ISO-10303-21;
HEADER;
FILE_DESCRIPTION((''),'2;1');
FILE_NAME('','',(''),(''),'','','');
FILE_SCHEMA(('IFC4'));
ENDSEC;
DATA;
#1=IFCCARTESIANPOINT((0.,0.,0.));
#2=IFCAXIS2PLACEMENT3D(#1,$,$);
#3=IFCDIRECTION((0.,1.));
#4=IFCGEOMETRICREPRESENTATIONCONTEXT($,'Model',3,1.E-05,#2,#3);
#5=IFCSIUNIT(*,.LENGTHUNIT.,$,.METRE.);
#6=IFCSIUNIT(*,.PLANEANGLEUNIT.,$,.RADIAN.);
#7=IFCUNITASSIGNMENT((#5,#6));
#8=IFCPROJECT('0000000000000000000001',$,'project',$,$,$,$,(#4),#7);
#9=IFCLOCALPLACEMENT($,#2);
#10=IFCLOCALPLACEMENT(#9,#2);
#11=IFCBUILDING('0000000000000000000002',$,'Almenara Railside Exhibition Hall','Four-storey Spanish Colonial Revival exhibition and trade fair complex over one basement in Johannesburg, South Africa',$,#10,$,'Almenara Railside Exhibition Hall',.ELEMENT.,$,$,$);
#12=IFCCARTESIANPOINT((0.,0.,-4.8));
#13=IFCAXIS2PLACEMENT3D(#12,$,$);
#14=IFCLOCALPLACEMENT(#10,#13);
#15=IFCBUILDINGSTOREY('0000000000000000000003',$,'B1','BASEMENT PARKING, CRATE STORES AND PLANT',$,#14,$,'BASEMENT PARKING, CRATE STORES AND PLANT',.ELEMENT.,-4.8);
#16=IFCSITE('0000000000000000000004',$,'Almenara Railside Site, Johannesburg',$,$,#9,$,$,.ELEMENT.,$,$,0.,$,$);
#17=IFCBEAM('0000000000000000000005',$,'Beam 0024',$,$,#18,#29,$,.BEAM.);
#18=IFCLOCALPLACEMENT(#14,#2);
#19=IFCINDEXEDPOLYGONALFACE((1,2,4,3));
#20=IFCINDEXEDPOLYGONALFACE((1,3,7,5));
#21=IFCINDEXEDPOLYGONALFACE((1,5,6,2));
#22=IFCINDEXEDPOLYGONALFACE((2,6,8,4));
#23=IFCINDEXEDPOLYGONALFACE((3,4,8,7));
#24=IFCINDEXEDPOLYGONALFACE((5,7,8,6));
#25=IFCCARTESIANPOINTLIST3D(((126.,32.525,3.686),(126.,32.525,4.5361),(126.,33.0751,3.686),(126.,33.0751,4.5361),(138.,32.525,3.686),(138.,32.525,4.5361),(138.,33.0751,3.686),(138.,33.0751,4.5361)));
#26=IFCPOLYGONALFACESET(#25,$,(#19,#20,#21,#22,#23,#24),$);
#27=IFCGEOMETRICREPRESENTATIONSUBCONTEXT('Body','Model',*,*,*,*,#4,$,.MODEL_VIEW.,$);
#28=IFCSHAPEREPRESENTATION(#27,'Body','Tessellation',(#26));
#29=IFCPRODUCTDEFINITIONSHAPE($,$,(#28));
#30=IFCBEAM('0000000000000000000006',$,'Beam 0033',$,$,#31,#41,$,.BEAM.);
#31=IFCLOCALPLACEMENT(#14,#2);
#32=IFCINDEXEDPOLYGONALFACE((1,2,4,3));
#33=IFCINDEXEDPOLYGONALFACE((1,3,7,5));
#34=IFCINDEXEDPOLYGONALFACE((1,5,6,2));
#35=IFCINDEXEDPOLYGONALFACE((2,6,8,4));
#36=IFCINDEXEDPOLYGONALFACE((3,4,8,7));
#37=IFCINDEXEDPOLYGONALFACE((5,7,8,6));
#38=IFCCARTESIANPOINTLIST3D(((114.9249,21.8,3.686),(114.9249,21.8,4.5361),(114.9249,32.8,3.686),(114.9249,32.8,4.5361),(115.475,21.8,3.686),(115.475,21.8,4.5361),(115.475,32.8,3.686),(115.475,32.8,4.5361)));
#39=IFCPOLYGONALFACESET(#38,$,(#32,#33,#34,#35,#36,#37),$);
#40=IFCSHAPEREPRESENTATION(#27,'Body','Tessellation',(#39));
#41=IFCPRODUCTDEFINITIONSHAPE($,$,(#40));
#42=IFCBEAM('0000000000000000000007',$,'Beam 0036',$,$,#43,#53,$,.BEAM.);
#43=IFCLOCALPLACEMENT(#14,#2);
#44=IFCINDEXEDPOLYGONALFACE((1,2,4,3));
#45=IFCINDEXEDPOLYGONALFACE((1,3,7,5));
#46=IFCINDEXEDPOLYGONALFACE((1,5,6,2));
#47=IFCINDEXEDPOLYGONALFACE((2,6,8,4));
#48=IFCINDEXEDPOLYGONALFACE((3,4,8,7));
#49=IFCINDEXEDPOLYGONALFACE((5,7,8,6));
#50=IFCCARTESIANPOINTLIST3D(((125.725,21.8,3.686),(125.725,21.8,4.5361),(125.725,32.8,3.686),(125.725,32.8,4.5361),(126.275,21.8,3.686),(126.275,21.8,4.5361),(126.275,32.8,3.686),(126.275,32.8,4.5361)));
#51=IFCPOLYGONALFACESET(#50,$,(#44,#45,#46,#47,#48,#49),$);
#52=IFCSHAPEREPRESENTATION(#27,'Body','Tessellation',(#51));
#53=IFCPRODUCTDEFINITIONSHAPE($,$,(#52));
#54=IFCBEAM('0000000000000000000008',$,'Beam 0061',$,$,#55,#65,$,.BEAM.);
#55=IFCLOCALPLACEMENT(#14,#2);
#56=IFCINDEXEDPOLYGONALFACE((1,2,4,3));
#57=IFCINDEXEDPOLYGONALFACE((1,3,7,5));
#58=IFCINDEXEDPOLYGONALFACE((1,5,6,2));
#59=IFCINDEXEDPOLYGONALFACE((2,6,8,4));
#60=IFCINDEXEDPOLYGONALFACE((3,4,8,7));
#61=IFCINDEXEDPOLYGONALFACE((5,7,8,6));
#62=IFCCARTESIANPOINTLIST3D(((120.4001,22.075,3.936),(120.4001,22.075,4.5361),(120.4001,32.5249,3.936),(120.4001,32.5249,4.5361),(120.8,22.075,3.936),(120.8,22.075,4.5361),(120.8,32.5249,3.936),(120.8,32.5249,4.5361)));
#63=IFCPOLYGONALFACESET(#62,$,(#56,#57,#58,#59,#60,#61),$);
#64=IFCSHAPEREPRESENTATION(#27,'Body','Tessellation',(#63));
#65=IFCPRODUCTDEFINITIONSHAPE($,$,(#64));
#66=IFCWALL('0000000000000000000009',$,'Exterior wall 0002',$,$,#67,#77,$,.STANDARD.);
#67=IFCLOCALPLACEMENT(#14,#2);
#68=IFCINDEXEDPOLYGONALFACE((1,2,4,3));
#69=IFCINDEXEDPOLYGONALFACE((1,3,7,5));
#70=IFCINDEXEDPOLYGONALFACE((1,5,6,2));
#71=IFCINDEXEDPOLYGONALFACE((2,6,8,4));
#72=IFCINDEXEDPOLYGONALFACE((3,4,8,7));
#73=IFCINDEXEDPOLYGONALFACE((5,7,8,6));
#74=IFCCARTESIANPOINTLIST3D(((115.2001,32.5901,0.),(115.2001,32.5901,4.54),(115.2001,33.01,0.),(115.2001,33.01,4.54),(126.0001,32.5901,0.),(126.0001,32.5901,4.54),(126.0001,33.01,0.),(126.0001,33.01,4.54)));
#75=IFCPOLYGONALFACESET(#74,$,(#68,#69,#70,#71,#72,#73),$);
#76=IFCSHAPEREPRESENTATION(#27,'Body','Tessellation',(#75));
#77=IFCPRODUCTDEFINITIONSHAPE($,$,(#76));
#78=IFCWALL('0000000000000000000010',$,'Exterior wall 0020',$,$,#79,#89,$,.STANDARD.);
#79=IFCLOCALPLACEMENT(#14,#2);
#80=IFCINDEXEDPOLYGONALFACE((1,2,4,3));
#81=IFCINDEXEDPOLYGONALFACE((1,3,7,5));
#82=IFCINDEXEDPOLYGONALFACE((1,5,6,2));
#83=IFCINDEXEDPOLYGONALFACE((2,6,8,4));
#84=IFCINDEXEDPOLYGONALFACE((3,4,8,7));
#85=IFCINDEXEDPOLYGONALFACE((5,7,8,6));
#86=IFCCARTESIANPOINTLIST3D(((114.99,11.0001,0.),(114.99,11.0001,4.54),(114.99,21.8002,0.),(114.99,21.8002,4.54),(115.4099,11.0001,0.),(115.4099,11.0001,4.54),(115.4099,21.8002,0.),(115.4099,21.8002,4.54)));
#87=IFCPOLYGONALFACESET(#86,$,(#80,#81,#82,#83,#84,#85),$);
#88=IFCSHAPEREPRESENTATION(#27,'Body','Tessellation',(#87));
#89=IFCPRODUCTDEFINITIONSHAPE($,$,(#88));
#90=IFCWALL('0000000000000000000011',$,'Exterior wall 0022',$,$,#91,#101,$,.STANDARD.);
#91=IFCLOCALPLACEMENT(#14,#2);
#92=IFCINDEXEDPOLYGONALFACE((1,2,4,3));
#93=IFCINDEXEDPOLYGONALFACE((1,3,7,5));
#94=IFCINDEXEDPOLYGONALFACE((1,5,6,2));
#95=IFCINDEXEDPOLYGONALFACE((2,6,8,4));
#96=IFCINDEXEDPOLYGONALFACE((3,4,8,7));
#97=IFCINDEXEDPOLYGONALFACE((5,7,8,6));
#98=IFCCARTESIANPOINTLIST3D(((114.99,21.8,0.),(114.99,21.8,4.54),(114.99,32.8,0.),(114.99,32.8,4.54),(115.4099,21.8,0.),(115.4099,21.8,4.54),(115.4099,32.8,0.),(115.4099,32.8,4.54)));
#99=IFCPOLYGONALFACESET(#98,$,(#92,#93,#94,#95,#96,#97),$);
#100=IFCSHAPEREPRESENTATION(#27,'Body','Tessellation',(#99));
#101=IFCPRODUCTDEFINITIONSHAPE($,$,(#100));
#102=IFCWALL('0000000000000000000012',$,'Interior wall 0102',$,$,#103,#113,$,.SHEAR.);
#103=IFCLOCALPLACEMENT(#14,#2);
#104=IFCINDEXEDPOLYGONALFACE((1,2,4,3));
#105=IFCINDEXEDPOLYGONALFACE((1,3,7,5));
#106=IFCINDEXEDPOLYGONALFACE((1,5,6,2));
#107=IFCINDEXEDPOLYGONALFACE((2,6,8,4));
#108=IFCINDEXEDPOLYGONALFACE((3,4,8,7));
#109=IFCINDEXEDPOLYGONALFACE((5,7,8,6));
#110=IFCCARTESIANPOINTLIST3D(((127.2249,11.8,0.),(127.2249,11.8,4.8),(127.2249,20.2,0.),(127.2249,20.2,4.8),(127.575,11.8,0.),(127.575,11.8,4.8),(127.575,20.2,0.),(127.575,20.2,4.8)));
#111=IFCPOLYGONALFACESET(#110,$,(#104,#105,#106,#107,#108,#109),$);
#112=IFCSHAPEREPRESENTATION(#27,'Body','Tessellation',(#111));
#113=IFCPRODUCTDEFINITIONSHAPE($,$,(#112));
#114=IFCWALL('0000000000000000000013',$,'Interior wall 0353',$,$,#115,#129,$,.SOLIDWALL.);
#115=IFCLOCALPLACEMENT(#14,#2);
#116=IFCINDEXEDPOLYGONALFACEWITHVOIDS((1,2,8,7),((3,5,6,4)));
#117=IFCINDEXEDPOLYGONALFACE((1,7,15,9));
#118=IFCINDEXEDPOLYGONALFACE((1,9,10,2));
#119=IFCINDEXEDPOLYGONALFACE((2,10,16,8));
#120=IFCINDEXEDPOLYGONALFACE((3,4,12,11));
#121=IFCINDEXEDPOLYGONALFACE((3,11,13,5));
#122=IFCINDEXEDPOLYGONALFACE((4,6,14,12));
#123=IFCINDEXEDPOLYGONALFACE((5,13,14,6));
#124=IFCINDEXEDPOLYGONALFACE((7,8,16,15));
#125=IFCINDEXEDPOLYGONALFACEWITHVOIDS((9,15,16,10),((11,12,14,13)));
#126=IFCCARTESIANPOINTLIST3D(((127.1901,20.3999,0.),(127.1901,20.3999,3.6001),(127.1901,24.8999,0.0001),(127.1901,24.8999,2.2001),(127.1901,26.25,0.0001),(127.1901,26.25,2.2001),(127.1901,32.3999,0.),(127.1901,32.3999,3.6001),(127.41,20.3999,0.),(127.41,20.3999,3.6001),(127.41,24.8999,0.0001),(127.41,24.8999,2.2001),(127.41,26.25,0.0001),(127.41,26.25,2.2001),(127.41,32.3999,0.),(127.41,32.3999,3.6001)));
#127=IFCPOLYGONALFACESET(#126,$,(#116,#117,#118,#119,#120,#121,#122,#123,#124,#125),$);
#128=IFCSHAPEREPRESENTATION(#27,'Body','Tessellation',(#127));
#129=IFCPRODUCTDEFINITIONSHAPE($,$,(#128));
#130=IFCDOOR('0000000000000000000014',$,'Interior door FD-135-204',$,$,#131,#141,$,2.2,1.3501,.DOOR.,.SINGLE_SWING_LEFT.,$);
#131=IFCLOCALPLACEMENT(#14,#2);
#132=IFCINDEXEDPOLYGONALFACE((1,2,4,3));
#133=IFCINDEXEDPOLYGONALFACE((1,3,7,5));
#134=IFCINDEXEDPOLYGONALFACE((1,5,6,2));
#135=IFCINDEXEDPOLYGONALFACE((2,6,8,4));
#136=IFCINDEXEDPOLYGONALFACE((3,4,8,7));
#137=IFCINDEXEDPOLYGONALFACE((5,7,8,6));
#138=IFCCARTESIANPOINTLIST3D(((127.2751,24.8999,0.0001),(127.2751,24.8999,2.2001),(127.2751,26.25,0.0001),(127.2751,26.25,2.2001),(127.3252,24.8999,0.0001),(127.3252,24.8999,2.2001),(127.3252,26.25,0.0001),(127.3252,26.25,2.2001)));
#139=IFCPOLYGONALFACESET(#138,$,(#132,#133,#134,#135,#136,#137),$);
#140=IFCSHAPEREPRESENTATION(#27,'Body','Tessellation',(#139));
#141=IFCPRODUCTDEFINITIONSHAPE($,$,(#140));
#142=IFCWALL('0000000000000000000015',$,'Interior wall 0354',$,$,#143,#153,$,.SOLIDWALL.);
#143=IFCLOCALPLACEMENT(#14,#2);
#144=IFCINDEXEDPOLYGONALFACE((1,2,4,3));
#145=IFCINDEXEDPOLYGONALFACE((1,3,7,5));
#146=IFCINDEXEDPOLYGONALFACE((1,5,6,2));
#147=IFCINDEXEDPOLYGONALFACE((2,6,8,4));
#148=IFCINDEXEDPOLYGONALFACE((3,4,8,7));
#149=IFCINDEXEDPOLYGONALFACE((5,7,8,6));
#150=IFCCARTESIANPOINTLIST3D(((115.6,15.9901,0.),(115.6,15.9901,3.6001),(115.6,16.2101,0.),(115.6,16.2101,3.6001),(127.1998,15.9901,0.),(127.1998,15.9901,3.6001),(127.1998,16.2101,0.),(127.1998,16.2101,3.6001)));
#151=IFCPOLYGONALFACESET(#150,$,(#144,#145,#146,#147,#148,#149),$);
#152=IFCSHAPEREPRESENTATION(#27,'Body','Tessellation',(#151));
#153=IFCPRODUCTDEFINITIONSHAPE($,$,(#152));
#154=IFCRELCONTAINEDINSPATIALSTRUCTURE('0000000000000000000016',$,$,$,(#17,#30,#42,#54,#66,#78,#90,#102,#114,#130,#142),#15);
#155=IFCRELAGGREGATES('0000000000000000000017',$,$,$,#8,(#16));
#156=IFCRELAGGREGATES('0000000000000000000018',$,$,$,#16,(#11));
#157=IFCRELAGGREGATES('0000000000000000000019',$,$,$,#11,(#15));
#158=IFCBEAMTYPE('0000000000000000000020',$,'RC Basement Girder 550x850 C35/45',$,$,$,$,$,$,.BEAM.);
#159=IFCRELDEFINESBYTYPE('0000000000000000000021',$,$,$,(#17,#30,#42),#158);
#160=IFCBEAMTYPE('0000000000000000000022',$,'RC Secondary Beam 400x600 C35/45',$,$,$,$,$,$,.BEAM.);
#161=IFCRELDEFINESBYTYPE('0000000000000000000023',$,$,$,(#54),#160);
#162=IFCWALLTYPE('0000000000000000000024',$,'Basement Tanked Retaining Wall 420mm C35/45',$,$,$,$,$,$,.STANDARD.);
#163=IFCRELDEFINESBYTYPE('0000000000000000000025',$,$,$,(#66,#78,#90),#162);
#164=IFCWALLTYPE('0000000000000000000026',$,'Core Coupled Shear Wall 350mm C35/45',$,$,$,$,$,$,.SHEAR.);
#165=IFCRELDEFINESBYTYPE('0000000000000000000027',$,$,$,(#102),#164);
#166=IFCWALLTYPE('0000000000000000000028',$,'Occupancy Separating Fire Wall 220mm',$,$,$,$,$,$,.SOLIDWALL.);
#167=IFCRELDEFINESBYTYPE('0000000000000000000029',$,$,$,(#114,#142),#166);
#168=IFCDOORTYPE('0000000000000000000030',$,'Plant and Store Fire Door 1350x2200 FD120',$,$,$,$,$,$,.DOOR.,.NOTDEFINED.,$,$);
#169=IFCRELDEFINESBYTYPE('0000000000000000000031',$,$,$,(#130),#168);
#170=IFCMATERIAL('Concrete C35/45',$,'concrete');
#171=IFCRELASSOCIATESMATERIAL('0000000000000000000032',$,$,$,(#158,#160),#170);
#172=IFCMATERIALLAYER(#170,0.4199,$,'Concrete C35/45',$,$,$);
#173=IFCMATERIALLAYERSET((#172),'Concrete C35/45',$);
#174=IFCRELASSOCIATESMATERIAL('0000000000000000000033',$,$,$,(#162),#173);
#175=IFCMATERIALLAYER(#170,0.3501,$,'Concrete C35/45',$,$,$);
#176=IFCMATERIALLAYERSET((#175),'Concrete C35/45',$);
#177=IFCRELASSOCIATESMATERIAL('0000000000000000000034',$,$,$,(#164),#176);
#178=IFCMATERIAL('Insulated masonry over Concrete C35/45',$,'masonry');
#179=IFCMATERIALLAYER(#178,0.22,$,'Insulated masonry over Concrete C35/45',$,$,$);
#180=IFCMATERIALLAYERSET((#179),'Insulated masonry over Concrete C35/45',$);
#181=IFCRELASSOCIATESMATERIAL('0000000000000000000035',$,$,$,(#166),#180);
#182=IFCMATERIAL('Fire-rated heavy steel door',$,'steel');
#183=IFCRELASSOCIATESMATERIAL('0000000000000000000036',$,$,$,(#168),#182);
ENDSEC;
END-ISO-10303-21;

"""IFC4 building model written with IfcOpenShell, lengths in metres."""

from ifc_helpers import new_model, si_unit, direction, frame, frame_2d, origin, origin_2d, place, context, subcontext, project, spatial, rectangle, extrude, material, layer, layer_set, material_profile, profile_set, type_object, element, fill, save


model = new_model("IFC4")

# Units and contexts
model_context = context("Model", 3, precision=1e-05, world=origin(), true_north=direction((0.0, 1.0)))
body_context = subcontext(model_context, "Body", "Model", "MODEL_VIEW")
ifc_project = project(units=[si_unit("LENGTHUNIT", "METRE"), si_unit("PLANEANGLEUNIT", "RADIAN")], contexts=[model_context])

# Site, building, storey
site_placement = place(None, origin())
site = spatial("IfcSite", under=ifc_project, at=site_placement, Name="Almenara Railside Site, Johannesburg", CompositionType="ELEMENT", RefElevation=0.0)
building_placement = place(site_placement, origin())
building = spatial("IfcBuilding", under=site, at=building_placement, Name="Almenara Railside Exhibition Hall", Description="Four-storey Spanish Colonial Revival exhibition and trade fair complex over one basement in Johannesburg, South Africa", LongName="Almenara Railside Exhibition Hall", CompositionType="ELEMENT")
storey_placement = place(building_placement, frame((0.0, 0.0, -4.8)))
storey = spatial("IfcBuildingStorey", under=building, at=storey_placement, Name="B1", Description="BASEMENT PARKING, CRATE STORES AND PLANT", LongName="BASEMENT PARKING, CRATE STORES AND PLANT", CompositionType="ELEMENT", Elevation=-4.8)

# Shared definitions
ifc_material_1 = material(Name="Concrete C35/45", Category="concrete")

# Beams
ifc_material_profile_1 = material_profile(ifc_material_1, rectangle(XDim=0.55, YDim=0.8501, at=origin_2d()), Name="RC 550x850")
ifc_profile_set_1 = profile_set([ifc_material_profile_1], Name="Concrete C35/45")
beam_type_1 = type_object("IfcBeamType", Name="RC Basement Girder 550x850 C35/45", PredefinedType="BEAM", material=ifc_profile_set_1)
for number, where, z_axis, x_axis, name in (
    (1, (126.0, 32.8, 4.1111), (1.0, 0.0, 0.0), (0.0, 1.0, 0.0), "Beam 0024"),
):
    element("IfcBeam", number, at=place(storey_placement, frame(where, z_axis=z_axis, x_axis=x_axis)), inside=storey, type_object=beam_type_1, Name=name, PredefinedType="BEAM", context=body_context, shape_type="SweptSolid", body=[
        extrude(rectangle(XDim=0.55, YDim=0.8501, at=origin_2d()), origin(), (0.0, 0.0, 1.0), 12.0),
    ])
for number, where, z_axis, x_axis, name in (
    (2, (115.2, 21.8, 4.1111), (0.0, 1.0, 0.0), (-1.0, 0.0, 0.0), "Beam 0033"),
    (3, (126.0, 21.8, 4.1111), (0.0, 1.0, 0.0), (-1.0, 0.0, 0.0), "Beam 0036"),
):
    element("IfcBeam", number, at=place(storey_placement, frame(where, z_axis=z_axis, x_axis=x_axis)), inside=storey, type_object=beam_type_1, Name=name, PredefinedType="BEAM", context=body_context, shape_type="SweptSolid", body=[
        extrude(rectangle(XDim=0.55, YDim=0.8501, at=origin_2d()), origin(), (0.0, 0.0, 1.0), 11.0),
    ])
ifc_material_profile_2 = material_profile(ifc_material_1, rectangle(XDim=0.3999, YDim=0.6001, at=origin_2d()), Name="RC 400x600")
ifc_profile_set_2 = profile_set([ifc_material_profile_2], Name="Concrete C35/45")
beam_type_2 = type_object("IfcBeamType", Name="RC Secondary Beam 400x600 C35/45", PredefinedType="BEAM", material=ifc_profile_set_2)
beam_placement = place(storey_placement, frame((120.6001, 22.075, 4.2361), z_axis=(0.0, 1.0, 0.0), x_axis=(-1.0, 0.0, 0.0)))
element("IfcBeam", 4, at=beam_placement, inside=storey, type_object=beam_type_2, Name="Beam 0061", PredefinedType="BEAM", context=body_context, shape_type="SweptSolid", body=[
    extrude(rectangle(XDim=0.3999, YDim=0.6001, at=origin_2d()), origin(), (0.0, 0.0, 1.0), 10.45),
])

# Walls
ifc_layer_1 = layer(ifc_material_1, 0.4199, Name="Concrete C35/45")
ifc_layer_set_1 = layer_set([ifc_layer_1], Name="Concrete C35/45")
wall_type_1 = type_object("IfcWallType", Name="Basement Tanked Retaining Wall 420mm C35/45", PredefinedType="STANDARD", material=ifc_layer_set_1)
for number, where, z_axis, x_axis, name in (
    (5, (126.0, 32.8, 0.0), (0.0, 0.0, 1.0), (-1.0, 0.0, 0.0), "Exterior wall 0002"),
    (6, (115.2, 21.8, 0.0), (0.0, 0.0, 1.0), (0.0, -1.0, 0.0), "Exterior wall 0020"),
):
    element("IfcWall", number, at=place(storey_placement, frame(where, z_axis=z_axis, x_axis=x_axis)), inside=storey, type_object=wall_type_1, Name=name, PredefinedType="STANDARD", context=body_context, shape_type="SweptSolid", body=[
        extrude(rectangle(XDim=10.8, YDim=0.4199, at=frame_2d((5.3999, 0.0))), origin(), (0.0, 0.0, 1.0), 4.54),
    ])
wall_1_placement = place(storey_placement, frame((115.2, 32.8, 0.0), z_axis=(0.0, 0.0, 1.0), x_axis=(0.0, -1.0, 0.0)))
element("IfcWall", 7, at=wall_1_placement, inside=storey, type_object=wall_type_1, Name="Exterior wall 0022", PredefinedType="STANDARD", context=body_context, shape_type="SweptSolid", body=[
    extrude(rectangle(XDim=11.0, YDim=0.4199, at=frame_2d((5.5, 0.0))), origin(), (0.0, 0.0, 1.0), 4.54),
])
ifc_layer_2 = layer(ifc_material_1, 0.3501, Name="Concrete C35/45")
ifc_layer_set_2 = layer_set([ifc_layer_2], Name="Concrete C35/45")
wall_type_2 = type_object("IfcWallType", Name="Core Coupled Shear Wall 350mm C35/45", PredefinedType="SHEAR", material=ifc_layer_set_2)
wall_2_placement = place(storey_placement, frame((127.3999, 20.2, 0.0), z_axis=(0.0, 0.0, 1.0), x_axis=(0.0, -1.0, 0.0)))
element("IfcWall", 8, at=wall_2_placement, inside=storey, type_object=wall_type_2, Name="Interior wall 0102", PredefinedType="SHEAR", context=body_context, shape_type="SweptSolid", body=[
    extrude(rectangle(XDim=8.3999, YDim=0.3501, at=frame_2d((4.2, 0.0))), origin(), (0.0, 0.0, 1.0), 4.8),
])

# Wall, opening, door
ifc_material_2 = material(Name="Insulated masonry over Concrete C35/45", Category="masonry")
ifc_layer_3 = layer(ifc_material_2, 0.22, Name="Insulated masonry over Concrete C35/45")
ifc_layer_set_3 = layer_set([ifc_layer_3], Name="Insulated masonry over Concrete C35/45")
wall_type_3 = type_object("IfcWallType", Name="Occupancy Separating Fire Wall 220mm", PredefinedType="SOLIDWALL", material=ifc_layer_set_3)
wall_3_placement = place(storey_placement, frame((127.3, 20.3999, 0.0), z_axis=(0.0, 0.0, 1.0), x_axis=(0.0, 1.0, 0.0)))
wall_3 = element("IfcWall", 9, at=wall_3_placement, inside=storey, type_object=wall_type_3, Name="Interior wall 0353", PredefinedType="SOLIDWALL", context=body_context, shape_type="SweptSolid", body=[
    extrude(rectangle(XDim=12.0, YDim=0.22, at=frame_2d((6.0, 0.0))), origin(), (0.0, 0.0, 1.0), 3.6001),
])
opening_1_placement = place(wall_3_placement, frame((4.5, 0.0, 0.0)))
opening_1 = element("IfcOpeningElement", 10, at=opening_1_placement, cuts=wall_3, PredefinedType="OPENING", context=body_context, shape_type="SweptSolid", body=[
    extrude(rectangle(XDim=1.3501, YDim=2.2, at=frame_2d((0.675, 1.1001))), frame((0.0, 0.1199, 0.0), z_axis=(0.0, -1.0, 0.0), x_axis=(1.0, 0.0, 0.0)), (0.0, 0.0, 1.0), 0.24),
])
ifc_material_3 = material(Name="Fire-rated heavy steel door", Category="steel")
door_type_1 = type_object("IfcDoorType", Name="Plant and Store Fire Door 1350x2200 FD120", OperationType="NOTDEFINED", PredefinedType="DOOR", material=ifc_material_3)
door_1_placement = place(opening_1_placement, origin())
door_1 = element("IfcDoor", 11, at=door_1_placement, inside=storey, type_object=door_type_1, Name="Interior door FD-135-204", OperationType="SINGLE_SWING_LEFT", OverallHeight=2.2, OverallWidth=1.3501, PredefinedType="DOOR", context=body_context, shape_type="SweptSolid", body=[
    extrude(rectangle(XDim=1.3501, YDim=2.2, at=frame_2d((0.675, 1.1001))), frame((0.0, 0.0249, 0.0), z_axis=(0.0, -1.0, 0.0), x_axis=(1.0, 0.0, 0.0)), (0.0, 0.0, 1.0), 0.05),
])
fill(opening_1, door_1)

# Wall
wall_4_placement = place(storey_placement, frame((115.6001, 16.1001, 0.0), z_axis=(0.0, 0.0, 1.0), x_axis=(1.0, 0.0, 0.0)))
element("IfcWall", 12, at=wall_4_placement, inside=storey, type_object=wall_type_3, Name="Interior wall 0354", PredefinedType="SOLIDWALL", context=body_context, shape_type="SweptSolid", body=[
    extrude(rectangle(XDim=11.5999, YDim=0.22, at=frame_2d((5.7998, 0.0))), origin(), (0.0, 0.0, 1.0), 3.6001),
])

save(model, "model.ifc")
